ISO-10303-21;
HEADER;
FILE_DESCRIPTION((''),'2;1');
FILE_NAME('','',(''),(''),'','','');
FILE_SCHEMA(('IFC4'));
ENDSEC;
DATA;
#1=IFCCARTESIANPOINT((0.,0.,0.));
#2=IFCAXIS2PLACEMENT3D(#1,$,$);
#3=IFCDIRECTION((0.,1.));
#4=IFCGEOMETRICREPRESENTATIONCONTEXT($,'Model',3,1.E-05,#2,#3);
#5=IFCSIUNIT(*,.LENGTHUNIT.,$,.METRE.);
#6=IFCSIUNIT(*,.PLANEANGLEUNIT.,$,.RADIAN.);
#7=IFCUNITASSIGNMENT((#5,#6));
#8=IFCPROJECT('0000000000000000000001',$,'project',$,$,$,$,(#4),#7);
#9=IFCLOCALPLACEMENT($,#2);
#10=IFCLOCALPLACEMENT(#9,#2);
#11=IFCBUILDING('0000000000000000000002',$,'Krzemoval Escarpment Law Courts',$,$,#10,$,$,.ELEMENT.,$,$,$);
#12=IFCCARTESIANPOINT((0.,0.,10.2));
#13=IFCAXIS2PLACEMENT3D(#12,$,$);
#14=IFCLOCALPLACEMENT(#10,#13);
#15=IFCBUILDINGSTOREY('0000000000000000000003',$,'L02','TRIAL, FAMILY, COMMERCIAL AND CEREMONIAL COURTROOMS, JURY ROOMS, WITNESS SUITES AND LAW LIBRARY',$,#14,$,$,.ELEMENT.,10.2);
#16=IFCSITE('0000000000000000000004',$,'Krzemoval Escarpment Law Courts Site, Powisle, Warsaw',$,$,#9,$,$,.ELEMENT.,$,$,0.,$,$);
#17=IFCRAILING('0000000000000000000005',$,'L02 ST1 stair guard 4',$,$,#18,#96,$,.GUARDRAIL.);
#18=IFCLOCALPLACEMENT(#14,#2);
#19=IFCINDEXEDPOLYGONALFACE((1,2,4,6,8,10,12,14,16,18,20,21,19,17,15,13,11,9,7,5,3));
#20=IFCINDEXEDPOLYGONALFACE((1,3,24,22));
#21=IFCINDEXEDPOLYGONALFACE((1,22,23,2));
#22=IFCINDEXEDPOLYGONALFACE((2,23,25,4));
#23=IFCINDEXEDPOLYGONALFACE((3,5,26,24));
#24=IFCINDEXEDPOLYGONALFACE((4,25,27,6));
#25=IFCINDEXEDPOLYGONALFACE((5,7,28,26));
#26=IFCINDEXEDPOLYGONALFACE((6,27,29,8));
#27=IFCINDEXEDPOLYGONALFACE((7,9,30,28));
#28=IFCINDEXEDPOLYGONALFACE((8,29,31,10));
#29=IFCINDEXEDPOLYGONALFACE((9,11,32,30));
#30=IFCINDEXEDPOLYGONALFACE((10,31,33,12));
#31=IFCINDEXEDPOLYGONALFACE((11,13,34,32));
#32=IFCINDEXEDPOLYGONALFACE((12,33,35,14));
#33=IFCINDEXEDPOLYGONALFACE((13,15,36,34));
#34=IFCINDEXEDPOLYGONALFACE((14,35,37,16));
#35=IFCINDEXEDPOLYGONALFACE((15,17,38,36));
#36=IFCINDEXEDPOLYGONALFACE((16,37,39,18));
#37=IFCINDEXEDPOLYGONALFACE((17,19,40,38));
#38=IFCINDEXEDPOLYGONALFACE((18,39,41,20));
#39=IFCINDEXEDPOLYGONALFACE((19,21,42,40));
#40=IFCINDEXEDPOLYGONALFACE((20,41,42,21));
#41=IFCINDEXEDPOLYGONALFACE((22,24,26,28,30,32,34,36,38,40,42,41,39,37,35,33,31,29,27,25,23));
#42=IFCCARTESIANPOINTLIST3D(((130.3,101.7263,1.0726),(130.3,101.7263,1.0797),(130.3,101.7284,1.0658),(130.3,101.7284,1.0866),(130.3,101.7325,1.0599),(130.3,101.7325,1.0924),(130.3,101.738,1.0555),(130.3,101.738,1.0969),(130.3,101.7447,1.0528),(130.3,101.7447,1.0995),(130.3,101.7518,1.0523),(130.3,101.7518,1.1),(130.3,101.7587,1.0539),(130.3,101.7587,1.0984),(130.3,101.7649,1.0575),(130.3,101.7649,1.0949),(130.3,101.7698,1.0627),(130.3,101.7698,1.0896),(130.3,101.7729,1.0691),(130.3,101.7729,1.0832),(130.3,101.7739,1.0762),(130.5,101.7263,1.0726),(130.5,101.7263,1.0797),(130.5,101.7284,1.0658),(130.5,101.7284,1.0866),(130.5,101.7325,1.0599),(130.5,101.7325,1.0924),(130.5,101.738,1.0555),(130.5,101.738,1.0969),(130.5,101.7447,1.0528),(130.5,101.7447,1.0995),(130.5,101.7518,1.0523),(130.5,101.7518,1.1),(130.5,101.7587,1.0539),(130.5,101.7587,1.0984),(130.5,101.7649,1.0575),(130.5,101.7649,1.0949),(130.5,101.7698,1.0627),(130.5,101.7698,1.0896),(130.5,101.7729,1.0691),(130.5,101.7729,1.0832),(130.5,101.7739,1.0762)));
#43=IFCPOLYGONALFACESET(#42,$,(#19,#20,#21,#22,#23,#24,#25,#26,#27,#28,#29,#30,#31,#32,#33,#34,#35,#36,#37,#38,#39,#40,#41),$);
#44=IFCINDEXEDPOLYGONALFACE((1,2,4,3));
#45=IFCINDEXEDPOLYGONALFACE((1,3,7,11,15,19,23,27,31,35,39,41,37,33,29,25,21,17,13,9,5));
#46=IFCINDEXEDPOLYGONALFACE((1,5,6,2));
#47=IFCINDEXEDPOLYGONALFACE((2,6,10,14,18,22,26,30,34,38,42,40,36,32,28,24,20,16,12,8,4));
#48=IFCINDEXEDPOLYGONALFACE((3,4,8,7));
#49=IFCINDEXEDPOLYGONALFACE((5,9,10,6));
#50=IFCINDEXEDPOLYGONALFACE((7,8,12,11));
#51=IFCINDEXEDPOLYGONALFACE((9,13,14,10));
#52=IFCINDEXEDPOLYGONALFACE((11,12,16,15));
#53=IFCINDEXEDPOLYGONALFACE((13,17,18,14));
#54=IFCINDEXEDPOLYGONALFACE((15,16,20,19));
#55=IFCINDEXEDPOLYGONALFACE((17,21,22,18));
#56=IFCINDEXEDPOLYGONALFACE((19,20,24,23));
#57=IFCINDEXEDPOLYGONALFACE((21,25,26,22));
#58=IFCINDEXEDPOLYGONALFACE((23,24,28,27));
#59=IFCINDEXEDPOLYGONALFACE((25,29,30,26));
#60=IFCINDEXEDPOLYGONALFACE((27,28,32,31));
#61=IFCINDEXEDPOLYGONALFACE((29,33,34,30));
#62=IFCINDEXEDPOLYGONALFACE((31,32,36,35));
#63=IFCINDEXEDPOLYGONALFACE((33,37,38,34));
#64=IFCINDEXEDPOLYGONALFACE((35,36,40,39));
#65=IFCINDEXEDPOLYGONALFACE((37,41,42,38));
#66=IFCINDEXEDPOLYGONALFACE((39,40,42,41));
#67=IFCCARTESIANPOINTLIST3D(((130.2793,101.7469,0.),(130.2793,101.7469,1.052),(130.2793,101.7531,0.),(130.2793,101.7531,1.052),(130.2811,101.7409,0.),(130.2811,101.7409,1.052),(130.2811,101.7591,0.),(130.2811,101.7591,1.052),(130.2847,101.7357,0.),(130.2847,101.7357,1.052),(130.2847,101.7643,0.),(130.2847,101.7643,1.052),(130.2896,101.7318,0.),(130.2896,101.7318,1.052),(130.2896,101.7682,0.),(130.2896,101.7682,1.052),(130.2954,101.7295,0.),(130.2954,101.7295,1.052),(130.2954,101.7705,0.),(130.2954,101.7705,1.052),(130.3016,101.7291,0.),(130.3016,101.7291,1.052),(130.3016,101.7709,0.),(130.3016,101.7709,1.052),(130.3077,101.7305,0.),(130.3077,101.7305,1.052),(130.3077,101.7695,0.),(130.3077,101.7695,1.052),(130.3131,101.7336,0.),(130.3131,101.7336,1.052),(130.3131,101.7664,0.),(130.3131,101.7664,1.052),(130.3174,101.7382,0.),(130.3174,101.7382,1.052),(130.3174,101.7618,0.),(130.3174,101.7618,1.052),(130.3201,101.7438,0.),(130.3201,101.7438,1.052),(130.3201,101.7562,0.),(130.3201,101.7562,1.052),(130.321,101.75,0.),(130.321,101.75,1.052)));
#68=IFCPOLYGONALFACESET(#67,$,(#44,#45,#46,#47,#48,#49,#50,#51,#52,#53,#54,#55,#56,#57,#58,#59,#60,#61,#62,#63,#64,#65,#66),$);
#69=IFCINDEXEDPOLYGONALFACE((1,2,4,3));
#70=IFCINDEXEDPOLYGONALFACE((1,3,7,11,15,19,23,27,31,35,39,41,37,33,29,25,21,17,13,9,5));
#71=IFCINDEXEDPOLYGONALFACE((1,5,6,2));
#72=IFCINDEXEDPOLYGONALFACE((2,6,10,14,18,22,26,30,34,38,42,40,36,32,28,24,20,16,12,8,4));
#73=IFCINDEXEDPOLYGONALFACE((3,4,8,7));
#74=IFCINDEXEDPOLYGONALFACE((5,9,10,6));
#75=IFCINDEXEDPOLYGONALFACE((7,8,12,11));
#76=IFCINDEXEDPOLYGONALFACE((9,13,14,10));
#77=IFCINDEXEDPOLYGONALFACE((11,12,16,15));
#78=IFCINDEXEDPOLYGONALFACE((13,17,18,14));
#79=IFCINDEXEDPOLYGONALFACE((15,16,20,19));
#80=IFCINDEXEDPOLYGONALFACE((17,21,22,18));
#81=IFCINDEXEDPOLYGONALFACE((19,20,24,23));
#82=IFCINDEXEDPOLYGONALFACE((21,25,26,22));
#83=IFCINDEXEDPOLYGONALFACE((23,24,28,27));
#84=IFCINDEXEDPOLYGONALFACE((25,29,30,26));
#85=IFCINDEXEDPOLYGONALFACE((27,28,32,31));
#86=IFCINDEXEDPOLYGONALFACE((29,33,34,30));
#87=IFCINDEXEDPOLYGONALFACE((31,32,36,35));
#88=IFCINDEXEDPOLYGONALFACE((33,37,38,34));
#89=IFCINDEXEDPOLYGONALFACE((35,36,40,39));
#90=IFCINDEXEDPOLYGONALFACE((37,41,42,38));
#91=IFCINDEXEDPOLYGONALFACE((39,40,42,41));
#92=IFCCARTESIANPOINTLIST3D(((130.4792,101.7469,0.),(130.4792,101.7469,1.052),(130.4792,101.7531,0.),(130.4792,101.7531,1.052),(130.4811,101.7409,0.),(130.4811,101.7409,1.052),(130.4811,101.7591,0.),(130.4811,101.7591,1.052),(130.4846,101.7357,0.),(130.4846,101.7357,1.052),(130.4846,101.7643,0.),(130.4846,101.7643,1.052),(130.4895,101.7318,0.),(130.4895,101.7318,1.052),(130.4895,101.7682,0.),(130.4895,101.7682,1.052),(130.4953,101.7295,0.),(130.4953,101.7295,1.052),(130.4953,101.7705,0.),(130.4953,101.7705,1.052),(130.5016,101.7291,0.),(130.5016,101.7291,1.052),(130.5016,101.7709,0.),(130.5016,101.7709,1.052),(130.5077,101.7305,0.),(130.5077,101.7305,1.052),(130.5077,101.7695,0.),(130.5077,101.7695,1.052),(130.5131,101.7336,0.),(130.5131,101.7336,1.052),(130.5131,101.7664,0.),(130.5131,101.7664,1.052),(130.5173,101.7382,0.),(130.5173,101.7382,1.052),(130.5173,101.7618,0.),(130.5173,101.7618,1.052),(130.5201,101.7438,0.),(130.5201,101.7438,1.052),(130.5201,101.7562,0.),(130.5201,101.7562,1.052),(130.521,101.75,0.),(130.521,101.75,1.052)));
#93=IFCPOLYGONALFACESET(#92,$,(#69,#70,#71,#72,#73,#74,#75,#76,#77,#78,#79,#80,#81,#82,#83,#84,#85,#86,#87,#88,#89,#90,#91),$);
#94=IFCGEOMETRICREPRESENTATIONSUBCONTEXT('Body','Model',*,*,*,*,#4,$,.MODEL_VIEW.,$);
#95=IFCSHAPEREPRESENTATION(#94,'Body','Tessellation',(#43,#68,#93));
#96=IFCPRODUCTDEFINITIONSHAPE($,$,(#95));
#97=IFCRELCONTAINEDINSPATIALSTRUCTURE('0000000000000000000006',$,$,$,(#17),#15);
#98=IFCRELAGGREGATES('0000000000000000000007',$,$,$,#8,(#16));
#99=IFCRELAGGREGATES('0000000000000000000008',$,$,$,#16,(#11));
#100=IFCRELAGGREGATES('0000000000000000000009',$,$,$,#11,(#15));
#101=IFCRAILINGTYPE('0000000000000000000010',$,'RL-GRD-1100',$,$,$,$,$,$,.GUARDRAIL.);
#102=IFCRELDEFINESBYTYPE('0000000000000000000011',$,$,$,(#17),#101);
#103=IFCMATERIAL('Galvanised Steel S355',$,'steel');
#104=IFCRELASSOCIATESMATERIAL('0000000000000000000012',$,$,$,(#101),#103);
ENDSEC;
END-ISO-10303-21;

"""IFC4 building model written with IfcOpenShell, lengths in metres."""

from ifc_helpers import new_model, si_unit, direction, frame, origin, origin_2d, place, context, subcontext, project, spatial, circle, extrude, material, type_object, element, save


model = new_model("IFC4")

# Units and contexts
model_context = context("Model", 3, precision=1e-05, world=origin(), true_north=direction((0.0, 1.0)))
body_context = subcontext(model_context, "Body", "Model", "MODEL_VIEW")
ifc_project = project(units=[si_unit("LENGTHUNIT", "METRE"), si_unit("PLANEANGLEUNIT", "RADIAN")], contexts=[model_context])

# Site, building, storey
site_placement = place(None, origin())
site = spatial("IfcSite", under=ifc_project, at=site_placement, Name="Krzemoval Escarpment Law Courts Site, Powisle, Warsaw", CompositionType="ELEMENT", RefElevation=0.0)
building_placement = place(site_placement, origin())
building = spatial("IfcBuilding", under=site, at=building_placement, Name="Krzemoval Escarpment Law Courts", CompositionType="ELEMENT")
storey_placement = place(building_placement, frame((0.0, 0.0, 10.2)))
storey = spatial("IfcBuildingStorey", under=building, at=storey_placement, Name="L02", Description="TRIAL, FAMILY, COMMERCIAL AND CEREMONIAL COURTROOMS, JURY ROOMS, WITNESS SUITES AND LAW LIBRARY", CompositionType="ELEMENT", Elevation=10.2)

# Railing
ifc_material_1 = material(Name="Galvanised Steel S355", Category="steel")
railing_type_1 = type_object("IfcRailingType", Name="RL-GRD-1100", PredefinedType="GUARDRAIL", material=ifc_material_1)
railing_1_placement = place(storey_placement, frame((130.3, 101.75, 0.0)))
element("IfcRailing", 1, at=railing_1_placement, inside=storey, type_object=railing_type_1, Name="L02 ST1 stair guard 4", PredefinedType="GUARDRAIL", context=body_context, shape_type="SweptSolid", body=[
    extrude(circle(Radius=0.0239, at=origin_2d()), frame((0.0, 0.0, 1.0762), z_axis=(1.0, 0.0, 0.0), x_axis=(0.0, 1.0, 0.0)), (0.0, 0.0, 1.0), 0.2),
    extrude(circle(Radius=0.021, at=origin_2d()), origin(), (0.0, 0.0, 1.0), 1.052),
    extrude(circle(Radius=0.021, at=origin_2d()), frame((0.2, 0.0, 0.0)), (0.0, 0.0, 1.0), 1.052),
])

save(model, "model.ifc")
